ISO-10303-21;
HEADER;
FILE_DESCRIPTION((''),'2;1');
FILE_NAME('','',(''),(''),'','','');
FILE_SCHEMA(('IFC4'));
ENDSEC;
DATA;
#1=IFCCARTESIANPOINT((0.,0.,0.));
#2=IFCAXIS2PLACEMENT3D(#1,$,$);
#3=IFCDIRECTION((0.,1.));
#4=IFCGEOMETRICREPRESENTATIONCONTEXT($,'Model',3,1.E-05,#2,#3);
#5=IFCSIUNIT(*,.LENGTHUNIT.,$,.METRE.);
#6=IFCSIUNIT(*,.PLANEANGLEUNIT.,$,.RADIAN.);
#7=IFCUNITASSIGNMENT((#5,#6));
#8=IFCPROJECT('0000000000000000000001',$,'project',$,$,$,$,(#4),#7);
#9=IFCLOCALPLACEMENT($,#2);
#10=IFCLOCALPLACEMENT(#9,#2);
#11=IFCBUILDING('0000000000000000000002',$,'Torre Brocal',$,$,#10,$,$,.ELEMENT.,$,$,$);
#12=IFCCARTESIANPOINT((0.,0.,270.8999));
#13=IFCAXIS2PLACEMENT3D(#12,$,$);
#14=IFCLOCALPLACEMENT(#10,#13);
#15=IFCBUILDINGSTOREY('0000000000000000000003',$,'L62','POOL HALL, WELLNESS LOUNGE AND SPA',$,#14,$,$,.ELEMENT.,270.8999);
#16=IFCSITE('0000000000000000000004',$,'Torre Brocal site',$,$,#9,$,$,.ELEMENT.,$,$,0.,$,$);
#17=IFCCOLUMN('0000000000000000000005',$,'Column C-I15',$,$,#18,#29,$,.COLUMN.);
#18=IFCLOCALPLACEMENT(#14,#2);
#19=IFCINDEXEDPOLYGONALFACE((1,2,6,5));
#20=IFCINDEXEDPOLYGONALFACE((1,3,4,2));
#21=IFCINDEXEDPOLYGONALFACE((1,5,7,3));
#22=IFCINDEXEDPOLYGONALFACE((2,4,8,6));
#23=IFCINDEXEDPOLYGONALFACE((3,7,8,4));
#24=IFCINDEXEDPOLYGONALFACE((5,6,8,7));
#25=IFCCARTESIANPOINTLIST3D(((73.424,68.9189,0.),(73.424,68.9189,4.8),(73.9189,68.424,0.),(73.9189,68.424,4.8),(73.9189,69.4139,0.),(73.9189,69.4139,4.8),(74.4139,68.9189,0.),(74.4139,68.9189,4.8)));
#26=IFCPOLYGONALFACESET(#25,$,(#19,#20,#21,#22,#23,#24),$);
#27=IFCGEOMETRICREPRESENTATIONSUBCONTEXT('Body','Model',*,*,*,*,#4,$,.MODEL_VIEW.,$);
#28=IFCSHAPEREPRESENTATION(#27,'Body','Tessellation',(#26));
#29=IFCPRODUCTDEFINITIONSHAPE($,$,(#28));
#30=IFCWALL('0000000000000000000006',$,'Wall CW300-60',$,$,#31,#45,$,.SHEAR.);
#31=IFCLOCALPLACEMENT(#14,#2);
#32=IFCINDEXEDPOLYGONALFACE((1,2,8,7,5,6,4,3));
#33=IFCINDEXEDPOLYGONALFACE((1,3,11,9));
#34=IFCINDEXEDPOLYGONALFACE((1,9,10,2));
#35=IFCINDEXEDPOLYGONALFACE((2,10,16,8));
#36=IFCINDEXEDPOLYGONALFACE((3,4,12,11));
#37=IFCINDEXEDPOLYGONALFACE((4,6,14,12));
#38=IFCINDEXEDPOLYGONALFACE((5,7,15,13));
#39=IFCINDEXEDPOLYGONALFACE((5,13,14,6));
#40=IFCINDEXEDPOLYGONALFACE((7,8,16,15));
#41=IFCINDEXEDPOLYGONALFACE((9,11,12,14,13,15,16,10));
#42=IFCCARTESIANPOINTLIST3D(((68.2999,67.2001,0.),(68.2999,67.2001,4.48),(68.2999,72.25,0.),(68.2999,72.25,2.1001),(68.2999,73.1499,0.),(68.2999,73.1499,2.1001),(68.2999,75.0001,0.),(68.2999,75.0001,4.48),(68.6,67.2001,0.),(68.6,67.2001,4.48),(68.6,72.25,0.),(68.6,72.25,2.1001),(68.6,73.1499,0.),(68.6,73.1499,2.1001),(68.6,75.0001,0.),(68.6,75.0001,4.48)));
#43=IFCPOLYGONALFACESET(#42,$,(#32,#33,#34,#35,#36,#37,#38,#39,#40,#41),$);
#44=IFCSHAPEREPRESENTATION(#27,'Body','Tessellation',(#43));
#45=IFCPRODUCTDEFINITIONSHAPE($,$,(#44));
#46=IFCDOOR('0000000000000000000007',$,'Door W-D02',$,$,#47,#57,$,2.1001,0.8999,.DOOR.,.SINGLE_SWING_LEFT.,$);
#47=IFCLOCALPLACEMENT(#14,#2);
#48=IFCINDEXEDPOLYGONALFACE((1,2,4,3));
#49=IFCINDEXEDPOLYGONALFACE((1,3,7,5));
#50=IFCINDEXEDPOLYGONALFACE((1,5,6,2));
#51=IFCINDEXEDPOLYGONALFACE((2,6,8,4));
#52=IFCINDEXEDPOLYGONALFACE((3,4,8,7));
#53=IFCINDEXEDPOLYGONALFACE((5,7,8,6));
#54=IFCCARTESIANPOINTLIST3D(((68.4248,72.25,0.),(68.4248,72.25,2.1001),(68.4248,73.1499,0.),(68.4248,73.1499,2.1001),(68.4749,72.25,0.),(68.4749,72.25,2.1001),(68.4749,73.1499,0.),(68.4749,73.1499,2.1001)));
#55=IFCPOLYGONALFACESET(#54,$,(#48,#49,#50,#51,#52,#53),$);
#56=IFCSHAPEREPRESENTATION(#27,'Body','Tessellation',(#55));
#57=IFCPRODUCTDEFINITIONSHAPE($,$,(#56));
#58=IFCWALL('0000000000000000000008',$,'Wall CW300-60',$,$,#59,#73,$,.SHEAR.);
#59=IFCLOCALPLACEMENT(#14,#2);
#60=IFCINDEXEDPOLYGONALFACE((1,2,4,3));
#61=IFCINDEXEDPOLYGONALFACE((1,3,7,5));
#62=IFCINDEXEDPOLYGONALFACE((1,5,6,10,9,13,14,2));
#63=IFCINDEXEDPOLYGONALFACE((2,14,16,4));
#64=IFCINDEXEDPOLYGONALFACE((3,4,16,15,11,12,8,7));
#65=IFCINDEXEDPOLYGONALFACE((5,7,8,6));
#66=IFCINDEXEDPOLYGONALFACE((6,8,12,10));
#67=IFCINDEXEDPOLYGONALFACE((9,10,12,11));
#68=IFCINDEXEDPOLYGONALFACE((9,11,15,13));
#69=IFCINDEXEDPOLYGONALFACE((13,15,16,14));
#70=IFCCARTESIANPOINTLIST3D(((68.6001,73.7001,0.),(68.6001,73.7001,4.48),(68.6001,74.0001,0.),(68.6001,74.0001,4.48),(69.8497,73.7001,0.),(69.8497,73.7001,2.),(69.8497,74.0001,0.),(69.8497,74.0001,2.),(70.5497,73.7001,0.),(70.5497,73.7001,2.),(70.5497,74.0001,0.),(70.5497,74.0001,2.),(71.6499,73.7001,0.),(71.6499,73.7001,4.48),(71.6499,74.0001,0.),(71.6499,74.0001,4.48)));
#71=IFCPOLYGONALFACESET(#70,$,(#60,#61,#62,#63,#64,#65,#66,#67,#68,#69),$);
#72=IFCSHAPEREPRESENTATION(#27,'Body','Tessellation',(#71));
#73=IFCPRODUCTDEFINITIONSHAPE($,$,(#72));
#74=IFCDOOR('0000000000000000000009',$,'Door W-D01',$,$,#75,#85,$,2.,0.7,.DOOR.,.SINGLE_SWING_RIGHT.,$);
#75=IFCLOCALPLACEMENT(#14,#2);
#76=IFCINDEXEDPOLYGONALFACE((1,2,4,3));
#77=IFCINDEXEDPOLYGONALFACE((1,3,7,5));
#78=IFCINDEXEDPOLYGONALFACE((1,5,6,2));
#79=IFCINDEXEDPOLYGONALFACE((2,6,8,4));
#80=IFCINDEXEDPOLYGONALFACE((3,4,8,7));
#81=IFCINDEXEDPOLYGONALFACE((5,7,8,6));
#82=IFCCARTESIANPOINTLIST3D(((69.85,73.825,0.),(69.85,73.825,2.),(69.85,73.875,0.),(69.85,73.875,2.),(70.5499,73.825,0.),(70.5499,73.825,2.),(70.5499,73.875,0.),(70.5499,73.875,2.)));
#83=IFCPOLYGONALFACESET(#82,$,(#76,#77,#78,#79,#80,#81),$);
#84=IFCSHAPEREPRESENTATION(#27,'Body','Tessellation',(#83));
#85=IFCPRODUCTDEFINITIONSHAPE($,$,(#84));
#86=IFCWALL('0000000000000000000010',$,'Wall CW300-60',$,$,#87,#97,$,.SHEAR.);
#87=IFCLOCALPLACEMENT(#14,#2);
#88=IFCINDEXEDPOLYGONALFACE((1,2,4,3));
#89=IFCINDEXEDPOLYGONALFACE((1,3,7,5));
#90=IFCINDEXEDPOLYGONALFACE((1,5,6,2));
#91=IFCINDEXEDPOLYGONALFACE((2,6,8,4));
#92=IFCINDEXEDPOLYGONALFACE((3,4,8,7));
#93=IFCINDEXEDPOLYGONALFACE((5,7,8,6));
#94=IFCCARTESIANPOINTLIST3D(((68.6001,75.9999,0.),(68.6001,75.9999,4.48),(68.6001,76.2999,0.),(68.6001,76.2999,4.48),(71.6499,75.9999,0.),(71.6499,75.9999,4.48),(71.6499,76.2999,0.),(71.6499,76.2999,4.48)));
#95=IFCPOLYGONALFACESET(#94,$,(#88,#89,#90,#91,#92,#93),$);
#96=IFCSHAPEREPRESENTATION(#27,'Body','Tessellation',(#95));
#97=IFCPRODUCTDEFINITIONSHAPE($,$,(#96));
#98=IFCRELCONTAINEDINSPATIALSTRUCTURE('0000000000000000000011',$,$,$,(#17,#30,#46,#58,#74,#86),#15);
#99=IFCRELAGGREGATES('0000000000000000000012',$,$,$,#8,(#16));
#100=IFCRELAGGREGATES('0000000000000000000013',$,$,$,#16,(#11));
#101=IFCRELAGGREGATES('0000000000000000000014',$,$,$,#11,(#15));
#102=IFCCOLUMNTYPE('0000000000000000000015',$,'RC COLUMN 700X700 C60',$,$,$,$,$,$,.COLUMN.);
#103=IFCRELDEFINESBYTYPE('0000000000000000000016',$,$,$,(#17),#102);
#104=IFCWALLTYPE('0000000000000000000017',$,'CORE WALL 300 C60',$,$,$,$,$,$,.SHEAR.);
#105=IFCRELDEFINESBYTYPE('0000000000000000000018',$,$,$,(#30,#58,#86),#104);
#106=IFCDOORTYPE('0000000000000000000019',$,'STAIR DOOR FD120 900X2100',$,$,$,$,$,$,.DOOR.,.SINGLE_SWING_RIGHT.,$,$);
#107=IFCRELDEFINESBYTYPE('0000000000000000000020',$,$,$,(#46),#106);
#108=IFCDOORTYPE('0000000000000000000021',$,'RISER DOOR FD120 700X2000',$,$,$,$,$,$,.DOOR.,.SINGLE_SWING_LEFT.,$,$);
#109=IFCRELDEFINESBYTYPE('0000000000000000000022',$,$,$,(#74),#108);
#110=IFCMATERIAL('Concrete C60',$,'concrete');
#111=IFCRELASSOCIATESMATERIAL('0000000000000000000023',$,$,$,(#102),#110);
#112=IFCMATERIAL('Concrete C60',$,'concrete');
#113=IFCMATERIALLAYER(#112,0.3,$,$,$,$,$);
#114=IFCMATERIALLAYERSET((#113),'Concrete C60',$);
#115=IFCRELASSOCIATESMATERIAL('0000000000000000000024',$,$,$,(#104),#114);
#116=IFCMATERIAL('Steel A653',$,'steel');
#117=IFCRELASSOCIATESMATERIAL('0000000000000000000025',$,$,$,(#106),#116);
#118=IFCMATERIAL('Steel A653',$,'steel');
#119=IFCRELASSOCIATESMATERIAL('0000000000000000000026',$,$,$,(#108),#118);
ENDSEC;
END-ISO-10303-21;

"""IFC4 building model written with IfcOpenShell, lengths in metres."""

from ifc_helpers import new_model, si_unit, direction, frame, frame_2d, origin, origin_2d, place, context, subcontext, project, spatial, rectangle, extrude, material, layer, layer_set, material_profile, profile_set, type_object, element, fill, save


model = new_model("IFC4")

# Units and contexts
model_context = context("Model", 3, precision=1e-05, world=origin(), true_north=direction((0.0, 1.0)))
body_context = subcontext(model_context, "Body", "Model", "MODEL_VIEW")
ifc_project = project(units=[si_unit("LENGTHUNIT", "METRE"), si_unit("PLANEANGLEUNIT", "RADIAN")], contexts=[model_context])

# Site, building, storey
site_placement = place(None, origin())
site = spatial("IfcSite", under=ifc_project, at=site_placement, Name="Torre Brocal site", CompositionType="ELEMENT", RefElevation=0.0)
building_placement = place(site_placement, origin())
building = spatial("IfcBuilding", under=site, at=building_placement, Name="Torre Brocal", CompositionType="ELEMENT")
storey_placement = place(building_placement, frame((0.0, 0.0, 270.8999)))
storey = spatial("IfcBuildingStorey", under=building, at=storey_placement, Name="L62", Description="POOL HALL, WELLNESS LOUNGE AND SPA", CompositionType="ELEMENT", Elevation=270.8999)

# Column
ifc_material_1 = material(Name="Concrete C60", Category="concrete")
ifc_material_profile = material_profile(ifc_material_1, rectangle(XDim=0.7, YDim=0.7, at=origin_2d()), Name="RC 700X700")
ifc_profile_set = profile_set([ifc_material_profile], Name="Concrete C60")
column_type = type_object("IfcColumnType", Name="RC COLUMN 700X700 C60", PredefinedType="COLUMN", material=ifc_profile_set)
column_placement = place(storey_placement, frame((73.9189, 68.9189, 0.0), z_axis=(0.0, 0.0, 1.0), x_axis=(-0.707107, -0.707107, 0.0)))
element("IfcColumn", 1, at=column_placement, inside=storey, type_object=column_type, Name="Column C-I15", PredefinedType="COLUMN", context=body_context, shape_type="SweptSolid", body=[
    extrude(rectangle(XDim=0.7, YDim=0.7, at=origin_2d()), origin(), (0.0, 0.0, 1.0), 4.8),
])

# Walls, openings, doors
ifc_material_2 = material(Name="Concrete C60", Category="concrete")
ifc_layer_1 = layer(ifc_material_2, 0.3)
ifc_layer_set_1 = layer_set([ifc_layer_1], Name="Concrete C60")
wall_type_1 = type_object("IfcWallType", Name="CORE WALL 300 C60", PredefinedType="SHEAR", material=ifc_layer_set_1)
wall_1_placement = place(storey_placement, frame((68.45, 75.0, 0.0), z_axis=(0.0, 0.0, 1.0), x_axis=(0.0, -1.0, 0.0)))
wall_1 = element("IfcWall", 2, at=wall_1_placement, inside=storey, type_object=wall_type_1, Name="Wall CW300-60", PredefinedType="SHEAR", context=body_context, shape_type="SweptSolid", body=[
    extrude(rectangle(XDim=7.8, YDim=0.3, at=frame_2d((3.8999, 0.0))), origin(), (0.0, 0.0, 1.0), 4.48),
])
opening_1_placement = place(wall_1_placement, frame((1.8501, 0.0, 0.0)))
opening_1 = element("IfcOpeningElement", 3, at=opening_1_placement, cuts=wall_1, PredefinedType="OPENING", context=body_context, shape_type="SweptSolid", body=[
    extrude(rectangle(XDim=0.8999, YDim=2.1001, at=frame_2d((0.45, 1.05))), frame((0.0, 0.1599, 0.0), z_axis=(0.0, -1.0, 0.0), x_axis=(1.0, 0.0, 0.0)), (0.0, 0.0, 1.0), 0.3201),
])
ifc_material_3 = material(Name="Steel A653", Category="steel")
door_type_1 = type_object("IfcDoorType", Name="STAIR DOOR FD120 900X2100", OperationType="SINGLE_SWING_RIGHT", PredefinedType="DOOR", material=ifc_material_3)
door_1_placement = place(opening_1_placement, origin())
door_1 = element("IfcDoor", 4, at=door_1_placement, inside=storey, type_object=door_type_1, Name="Door W-D02", OperationType="SINGLE_SWING_LEFT", OverallHeight=2.1001, OverallWidth=0.8999, PredefinedType="DOOR", context=body_context, shape_type="SweptSolid", body=[
    extrude(rectangle(XDim=0.8999, YDim=2.1001, at=frame_2d((0.45, 1.05))), frame((0.0, 0.0249, 0.0), z_axis=(0.0, -1.0, 0.0), x_axis=(1.0, 0.0, 0.0)), (0.0, 0.0, 1.0), 0.05),
])
fill(opening_1, door_1)
wall_2_placement = place(storey_placement, frame((71.6499, 73.8501, 0.0), z_axis=(0.0, 0.0, 1.0), x_axis=(-1.0, 0.0, 0.0)))
wall_2 = element("IfcWall", 5, at=wall_2_placement, inside=storey, type_object=wall_type_1, Name="Wall CW300-60", PredefinedType="SHEAR", context=body_context, shape_type="SweptSolid", body=[
    extrude(rectangle(XDim=3.0498, YDim=0.3, at=frame_2d((1.5249, 0.0))), origin(), (0.0, 0.0, 1.0), 4.48),
])
opening_2_placement = place(wall_2_placement, frame((1.1001, 0.0, 0.0)))
opening_2 = element("IfcOpeningElement", 6, at=opening_2_placement, cuts=wall_2, PredefinedType="OPENING", context=body_context, shape_type="SweptSolid", body=[
    extrude(rectangle(XDim=0.7, YDim=2.0, at=frame_2d((0.3501, 1.0))), frame((0.0, 0.1599, 0.0), z_axis=(0.0, -1.0, 0.0), x_axis=(1.0, 0.0, 0.0)), (0.0, 0.0, 1.0), 0.3201),
])
ifc_material_4 = material(Name="Steel A653", Category="steel")
door_type_2 = type_object("IfcDoorType", Name="RISER DOOR FD120 700X2000", OperationType="SINGLE_SWING_LEFT", PredefinedType="DOOR", material=ifc_material_4)
door_2_placement = place(opening_2_placement, frame((0.7, 0.0, 0.0), z_axis=(0.0, 0.0, 1.0), x_axis=(-1.0, 0.0, 0.0)))
door_2 = element("IfcDoor", 7, at=door_2_placement, inside=storey, type_object=door_type_2, Name="Door W-D01", OperationType="SINGLE_SWING_RIGHT", OverallHeight=2.0, OverallWidth=0.7, PredefinedType="DOOR", context=body_context, shape_type="SweptSolid", body=[
    extrude(rectangle(XDim=0.7, YDim=2.0, at=frame_2d((0.3501, 1.0))), frame((0.0, 0.0249, 0.0), z_axis=(0.0, -1.0, 0.0), x_axis=(1.0, 0.0, 0.0)), (0.0, 0.0, 1.0), 0.05),
])
fill(opening_2, door_2)

# Wall
wall_3_placement = place(storey_placement, frame((71.6499, 76.1499, 0.0), z_axis=(0.0, 0.0, 1.0), x_axis=(-1.0, 0.0, 0.0)))
element("IfcWall", 8, at=wall_3_placement, inside=storey, type_object=wall_type_1, Name="Wall CW300-60", PredefinedType="SHEAR", context=body_context, shape_type="SweptSolid", body=[
    extrude(rectangle(XDim=3.0498, YDim=0.3, at=frame_2d((1.5249, 0.0))), origin(), (0.0, 0.0, 1.0), 4.48),
])

save(model, "model.ifc")
